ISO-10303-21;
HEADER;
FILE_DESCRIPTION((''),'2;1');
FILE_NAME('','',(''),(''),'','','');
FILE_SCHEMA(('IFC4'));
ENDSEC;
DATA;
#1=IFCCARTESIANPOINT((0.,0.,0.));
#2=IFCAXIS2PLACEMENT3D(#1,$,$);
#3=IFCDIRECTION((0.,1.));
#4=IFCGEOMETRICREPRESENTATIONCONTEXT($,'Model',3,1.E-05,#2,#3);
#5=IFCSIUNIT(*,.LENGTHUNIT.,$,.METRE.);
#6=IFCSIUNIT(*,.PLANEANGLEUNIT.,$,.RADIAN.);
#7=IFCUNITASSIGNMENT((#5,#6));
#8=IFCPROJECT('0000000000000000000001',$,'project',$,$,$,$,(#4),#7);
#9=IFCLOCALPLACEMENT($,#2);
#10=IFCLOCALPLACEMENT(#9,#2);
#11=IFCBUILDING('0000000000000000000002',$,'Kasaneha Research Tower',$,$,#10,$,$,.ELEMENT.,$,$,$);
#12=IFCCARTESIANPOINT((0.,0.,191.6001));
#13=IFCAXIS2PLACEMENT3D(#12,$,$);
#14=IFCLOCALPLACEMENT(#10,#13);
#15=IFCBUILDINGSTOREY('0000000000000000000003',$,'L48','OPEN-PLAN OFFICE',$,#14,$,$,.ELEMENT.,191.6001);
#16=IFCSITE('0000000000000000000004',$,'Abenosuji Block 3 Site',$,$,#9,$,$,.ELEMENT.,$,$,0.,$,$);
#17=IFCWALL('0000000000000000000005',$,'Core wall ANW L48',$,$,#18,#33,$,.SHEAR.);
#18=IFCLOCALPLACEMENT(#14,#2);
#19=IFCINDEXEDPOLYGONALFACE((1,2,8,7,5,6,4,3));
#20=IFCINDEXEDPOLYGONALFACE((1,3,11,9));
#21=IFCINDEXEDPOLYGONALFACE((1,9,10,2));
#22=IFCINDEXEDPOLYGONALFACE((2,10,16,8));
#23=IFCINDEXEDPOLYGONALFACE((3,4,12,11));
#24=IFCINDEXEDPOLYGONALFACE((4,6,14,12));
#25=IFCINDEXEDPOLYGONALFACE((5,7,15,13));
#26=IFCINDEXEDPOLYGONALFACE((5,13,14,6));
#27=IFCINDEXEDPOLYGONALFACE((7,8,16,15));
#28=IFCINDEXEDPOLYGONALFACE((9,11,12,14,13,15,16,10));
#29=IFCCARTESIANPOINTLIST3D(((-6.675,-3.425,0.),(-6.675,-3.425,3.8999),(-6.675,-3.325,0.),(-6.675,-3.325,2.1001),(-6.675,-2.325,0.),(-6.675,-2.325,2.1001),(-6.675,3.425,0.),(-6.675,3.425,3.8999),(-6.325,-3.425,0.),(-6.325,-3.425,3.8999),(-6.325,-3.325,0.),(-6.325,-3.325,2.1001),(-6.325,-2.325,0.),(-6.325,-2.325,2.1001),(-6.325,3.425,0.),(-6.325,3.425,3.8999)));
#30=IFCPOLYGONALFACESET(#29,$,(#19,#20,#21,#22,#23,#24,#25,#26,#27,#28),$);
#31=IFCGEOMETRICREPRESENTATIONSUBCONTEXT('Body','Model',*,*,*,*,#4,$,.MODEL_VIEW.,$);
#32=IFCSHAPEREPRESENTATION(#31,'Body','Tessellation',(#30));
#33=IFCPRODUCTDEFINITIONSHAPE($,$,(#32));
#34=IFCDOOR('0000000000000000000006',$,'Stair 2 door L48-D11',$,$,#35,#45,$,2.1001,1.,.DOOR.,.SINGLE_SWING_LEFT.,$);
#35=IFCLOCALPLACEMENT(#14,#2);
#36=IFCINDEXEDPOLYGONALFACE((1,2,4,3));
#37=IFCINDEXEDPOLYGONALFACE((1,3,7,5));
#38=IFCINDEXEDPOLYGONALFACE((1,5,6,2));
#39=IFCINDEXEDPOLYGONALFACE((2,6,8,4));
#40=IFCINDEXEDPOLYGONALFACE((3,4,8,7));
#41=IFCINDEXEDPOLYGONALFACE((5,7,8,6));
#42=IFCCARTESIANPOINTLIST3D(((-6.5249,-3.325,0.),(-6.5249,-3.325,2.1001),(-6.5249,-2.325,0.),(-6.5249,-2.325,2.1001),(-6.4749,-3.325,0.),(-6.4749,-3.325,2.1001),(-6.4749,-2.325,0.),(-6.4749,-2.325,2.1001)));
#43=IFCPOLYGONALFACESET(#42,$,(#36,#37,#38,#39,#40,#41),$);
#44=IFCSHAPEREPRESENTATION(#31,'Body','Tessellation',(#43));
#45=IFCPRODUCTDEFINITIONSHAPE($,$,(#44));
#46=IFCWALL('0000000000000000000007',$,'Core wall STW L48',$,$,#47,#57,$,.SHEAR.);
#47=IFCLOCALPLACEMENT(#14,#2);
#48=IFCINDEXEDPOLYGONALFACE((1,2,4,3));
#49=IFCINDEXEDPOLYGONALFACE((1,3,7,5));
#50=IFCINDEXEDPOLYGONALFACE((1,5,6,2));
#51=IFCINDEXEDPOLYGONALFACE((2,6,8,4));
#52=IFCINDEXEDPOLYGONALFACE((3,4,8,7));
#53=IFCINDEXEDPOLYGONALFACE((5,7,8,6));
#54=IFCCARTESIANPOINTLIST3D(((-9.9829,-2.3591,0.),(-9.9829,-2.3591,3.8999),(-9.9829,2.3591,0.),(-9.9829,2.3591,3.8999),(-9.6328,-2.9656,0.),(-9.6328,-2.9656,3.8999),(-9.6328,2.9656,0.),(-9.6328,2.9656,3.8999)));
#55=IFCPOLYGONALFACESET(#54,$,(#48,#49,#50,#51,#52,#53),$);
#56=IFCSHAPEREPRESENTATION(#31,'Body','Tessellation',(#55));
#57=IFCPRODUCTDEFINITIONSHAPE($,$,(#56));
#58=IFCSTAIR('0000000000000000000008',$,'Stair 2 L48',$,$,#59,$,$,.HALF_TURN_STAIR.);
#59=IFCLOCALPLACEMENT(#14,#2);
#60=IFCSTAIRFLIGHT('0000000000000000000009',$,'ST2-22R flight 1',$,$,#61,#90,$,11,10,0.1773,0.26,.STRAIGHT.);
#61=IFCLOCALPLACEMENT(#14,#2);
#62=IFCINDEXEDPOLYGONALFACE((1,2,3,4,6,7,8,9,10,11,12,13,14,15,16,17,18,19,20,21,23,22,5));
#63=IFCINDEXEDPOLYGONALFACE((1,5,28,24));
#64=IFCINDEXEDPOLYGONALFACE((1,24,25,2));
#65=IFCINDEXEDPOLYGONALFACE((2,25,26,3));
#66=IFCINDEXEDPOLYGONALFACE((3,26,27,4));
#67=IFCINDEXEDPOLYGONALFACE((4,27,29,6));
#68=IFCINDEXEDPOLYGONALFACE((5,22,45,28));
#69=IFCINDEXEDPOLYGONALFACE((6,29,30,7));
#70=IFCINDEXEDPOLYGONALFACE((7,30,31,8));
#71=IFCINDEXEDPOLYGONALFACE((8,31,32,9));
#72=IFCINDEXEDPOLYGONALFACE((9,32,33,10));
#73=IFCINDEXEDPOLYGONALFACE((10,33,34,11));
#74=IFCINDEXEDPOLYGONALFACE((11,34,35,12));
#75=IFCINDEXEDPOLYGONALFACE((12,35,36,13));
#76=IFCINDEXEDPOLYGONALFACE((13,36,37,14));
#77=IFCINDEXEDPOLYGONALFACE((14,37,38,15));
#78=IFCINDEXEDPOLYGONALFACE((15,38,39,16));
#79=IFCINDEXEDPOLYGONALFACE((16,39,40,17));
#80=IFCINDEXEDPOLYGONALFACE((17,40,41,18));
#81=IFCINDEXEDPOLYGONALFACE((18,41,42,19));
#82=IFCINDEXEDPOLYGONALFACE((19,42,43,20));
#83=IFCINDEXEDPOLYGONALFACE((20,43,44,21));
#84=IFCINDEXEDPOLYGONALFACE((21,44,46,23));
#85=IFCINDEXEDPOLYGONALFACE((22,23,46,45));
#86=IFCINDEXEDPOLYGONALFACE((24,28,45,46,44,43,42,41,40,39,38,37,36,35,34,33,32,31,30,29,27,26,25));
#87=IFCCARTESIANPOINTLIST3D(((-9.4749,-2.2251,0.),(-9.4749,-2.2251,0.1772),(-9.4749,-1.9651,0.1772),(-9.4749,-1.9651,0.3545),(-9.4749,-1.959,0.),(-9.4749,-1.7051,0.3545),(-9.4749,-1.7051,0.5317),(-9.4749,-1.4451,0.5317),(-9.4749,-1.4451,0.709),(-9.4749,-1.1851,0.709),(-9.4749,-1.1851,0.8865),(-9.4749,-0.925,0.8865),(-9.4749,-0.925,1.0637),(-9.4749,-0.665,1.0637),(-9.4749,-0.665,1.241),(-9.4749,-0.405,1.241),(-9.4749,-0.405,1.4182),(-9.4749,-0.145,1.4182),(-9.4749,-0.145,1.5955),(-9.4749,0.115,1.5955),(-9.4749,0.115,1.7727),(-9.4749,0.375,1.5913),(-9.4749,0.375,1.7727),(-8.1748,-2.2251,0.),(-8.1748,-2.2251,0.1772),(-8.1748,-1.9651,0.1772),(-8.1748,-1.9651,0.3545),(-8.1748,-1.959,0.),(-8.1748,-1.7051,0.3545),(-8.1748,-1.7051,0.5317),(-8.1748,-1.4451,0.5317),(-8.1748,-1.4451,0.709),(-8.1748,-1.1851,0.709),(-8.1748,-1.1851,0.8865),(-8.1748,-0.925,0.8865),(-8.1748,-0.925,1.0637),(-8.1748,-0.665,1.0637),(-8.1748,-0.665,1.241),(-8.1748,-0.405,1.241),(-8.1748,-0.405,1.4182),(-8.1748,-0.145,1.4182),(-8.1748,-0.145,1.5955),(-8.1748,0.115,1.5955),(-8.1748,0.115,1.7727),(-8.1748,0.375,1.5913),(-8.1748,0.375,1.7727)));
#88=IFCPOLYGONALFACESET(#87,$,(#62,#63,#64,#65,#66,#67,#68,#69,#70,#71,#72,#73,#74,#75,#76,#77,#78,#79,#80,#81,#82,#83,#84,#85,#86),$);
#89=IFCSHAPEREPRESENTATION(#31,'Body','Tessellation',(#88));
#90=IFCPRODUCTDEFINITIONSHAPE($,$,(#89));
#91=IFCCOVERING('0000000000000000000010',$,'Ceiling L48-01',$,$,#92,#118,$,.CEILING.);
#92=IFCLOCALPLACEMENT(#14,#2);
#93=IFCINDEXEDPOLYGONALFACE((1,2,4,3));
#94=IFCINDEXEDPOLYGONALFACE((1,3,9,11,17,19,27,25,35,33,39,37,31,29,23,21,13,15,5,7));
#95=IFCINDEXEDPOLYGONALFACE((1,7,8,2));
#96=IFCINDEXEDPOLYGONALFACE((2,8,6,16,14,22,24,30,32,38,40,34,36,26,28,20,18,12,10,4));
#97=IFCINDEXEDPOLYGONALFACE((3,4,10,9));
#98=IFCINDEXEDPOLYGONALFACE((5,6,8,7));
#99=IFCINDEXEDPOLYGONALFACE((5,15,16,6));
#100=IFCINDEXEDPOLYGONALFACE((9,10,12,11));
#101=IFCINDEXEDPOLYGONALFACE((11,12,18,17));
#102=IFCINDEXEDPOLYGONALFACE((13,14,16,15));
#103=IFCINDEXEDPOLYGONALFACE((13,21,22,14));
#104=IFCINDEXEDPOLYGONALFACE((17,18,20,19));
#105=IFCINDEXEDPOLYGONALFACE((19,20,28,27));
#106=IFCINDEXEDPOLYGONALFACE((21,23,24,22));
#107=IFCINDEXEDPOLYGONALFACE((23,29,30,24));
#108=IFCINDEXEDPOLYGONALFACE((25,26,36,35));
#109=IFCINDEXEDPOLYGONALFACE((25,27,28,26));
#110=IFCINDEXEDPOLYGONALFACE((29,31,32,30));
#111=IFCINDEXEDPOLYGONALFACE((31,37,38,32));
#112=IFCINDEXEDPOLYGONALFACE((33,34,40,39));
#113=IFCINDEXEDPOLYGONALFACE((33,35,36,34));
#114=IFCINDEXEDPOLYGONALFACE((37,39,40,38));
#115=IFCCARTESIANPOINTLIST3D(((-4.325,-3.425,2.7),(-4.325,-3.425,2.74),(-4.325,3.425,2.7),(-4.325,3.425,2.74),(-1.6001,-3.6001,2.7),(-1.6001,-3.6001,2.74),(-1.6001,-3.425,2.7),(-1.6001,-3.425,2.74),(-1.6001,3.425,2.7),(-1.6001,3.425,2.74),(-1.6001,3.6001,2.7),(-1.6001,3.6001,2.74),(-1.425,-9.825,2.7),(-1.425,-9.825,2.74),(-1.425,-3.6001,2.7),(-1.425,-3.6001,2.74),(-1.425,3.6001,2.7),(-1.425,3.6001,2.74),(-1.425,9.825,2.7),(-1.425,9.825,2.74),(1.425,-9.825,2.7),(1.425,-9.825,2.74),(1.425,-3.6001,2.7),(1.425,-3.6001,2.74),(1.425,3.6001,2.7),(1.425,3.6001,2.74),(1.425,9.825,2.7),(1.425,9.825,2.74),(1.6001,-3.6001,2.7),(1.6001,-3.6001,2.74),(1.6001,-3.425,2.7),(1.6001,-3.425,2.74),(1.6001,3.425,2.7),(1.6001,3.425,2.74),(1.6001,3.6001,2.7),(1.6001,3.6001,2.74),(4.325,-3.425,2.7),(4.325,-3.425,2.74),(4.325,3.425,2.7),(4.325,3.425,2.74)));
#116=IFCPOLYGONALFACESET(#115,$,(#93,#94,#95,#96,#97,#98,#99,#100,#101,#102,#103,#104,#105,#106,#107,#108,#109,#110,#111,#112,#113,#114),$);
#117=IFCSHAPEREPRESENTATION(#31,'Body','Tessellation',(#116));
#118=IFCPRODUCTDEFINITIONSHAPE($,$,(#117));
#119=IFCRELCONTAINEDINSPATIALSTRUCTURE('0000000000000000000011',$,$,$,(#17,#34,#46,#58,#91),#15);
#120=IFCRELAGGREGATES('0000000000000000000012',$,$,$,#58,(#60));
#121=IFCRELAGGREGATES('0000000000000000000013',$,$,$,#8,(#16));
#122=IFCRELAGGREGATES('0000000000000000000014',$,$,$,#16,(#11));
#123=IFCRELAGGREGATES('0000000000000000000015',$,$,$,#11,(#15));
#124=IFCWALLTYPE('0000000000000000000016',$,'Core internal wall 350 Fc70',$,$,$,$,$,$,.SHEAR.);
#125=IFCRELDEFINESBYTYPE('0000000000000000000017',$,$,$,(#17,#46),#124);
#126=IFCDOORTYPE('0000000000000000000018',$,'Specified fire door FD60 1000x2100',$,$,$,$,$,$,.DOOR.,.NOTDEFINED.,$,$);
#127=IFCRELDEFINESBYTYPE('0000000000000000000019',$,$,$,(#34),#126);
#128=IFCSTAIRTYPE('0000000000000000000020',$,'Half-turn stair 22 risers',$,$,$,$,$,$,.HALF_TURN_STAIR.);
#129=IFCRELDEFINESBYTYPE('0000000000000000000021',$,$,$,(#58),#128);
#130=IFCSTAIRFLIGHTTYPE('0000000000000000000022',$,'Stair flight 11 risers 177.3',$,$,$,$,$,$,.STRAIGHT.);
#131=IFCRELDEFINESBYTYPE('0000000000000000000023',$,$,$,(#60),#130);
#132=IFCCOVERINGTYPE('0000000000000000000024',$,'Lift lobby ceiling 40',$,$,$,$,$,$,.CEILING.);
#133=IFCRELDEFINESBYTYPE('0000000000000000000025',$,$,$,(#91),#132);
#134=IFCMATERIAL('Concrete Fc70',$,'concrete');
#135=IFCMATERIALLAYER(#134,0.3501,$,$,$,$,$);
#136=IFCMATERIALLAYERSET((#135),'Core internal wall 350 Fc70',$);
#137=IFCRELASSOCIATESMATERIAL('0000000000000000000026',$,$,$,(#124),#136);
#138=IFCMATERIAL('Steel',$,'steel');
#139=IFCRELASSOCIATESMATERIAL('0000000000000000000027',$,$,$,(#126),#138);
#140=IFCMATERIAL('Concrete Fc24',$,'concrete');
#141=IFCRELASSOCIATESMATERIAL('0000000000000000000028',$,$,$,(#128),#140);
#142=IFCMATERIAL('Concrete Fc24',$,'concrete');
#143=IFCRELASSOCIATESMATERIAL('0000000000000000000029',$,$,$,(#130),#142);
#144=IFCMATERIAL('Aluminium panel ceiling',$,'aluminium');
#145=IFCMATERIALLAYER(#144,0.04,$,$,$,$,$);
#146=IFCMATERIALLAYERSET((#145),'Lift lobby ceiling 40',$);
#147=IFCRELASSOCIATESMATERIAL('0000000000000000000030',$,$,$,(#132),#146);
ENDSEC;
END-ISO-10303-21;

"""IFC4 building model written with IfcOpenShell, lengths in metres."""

from ifc_helpers import new_model, si_unit, direction, frame, frame_2d, origin, place, context, subcontext, project, spatial, polyline, rectangle, outline, extrude, material, layer, layer_set, type_object, element, fill, aggregate, save


model = new_model("IFC4")

# Units and contexts
model_context = context("Model", 3, precision=1e-05, world=origin(), true_north=direction((0.0, 1.0)))
body_context = subcontext(model_context, "Body", "Model", "MODEL_VIEW")
ifc_project = project(units=[si_unit("LENGTHUNIT", "METRE"), si_unit("PLANEANGLEUNIT", "RADIAN")], contexts=[model_context])

# Site, building, storey
site_placement = place(None, origin())
site = spatial("IfcSite", under=ifc_project, at=site_placement, Name="Abenosuji Block 3 Site", CompositionType="ELEMENT", RefElevation=0.0)
building_placement = place(site_placement, origin())
building = spatial("IfcBuilding", under=site, at=building_placement, Name="Kasaneha Research Tower", CompositionType="ELEMENT")
storey_placement = place(building_placement, frame((0.0, 0.0, 191.6001)))
storey = spatial("IfcBuildingStorey", under=building, at=storey_placement, Name="L48", Description="OPEN-PLAN OFFICE", CompositionType="ELEMENT", Elevation=191.6001)

# Shared definitions
ifc_material_1 = material(Name="Concrete Fc70", Category="concrete")
ifc_layer_1 = layer(ifc_material_1, 0.3501)
ifc_layer_set_1 = layer_set([ifc_layer_1], Name="Core internal wall 350 Fc70")
wall_type = type_object("IfcWallType", Name="Core internal wall 350 Fc70", PredefinedType="SHEAR", material=ifc_layer_set_1)

# Wall, opening, door
ifc_material_2 = material(Name="Steel", Category="steel")
door_type_1 = type_object("IfcDoorType", Name="Specified fire door FD60 1000x2100", OperationType="NOTDEFINED", PredefinedType="DOOR", material=ifc_material_2)
wall_1_placement = place(storey_placement, frame((-6.5, -3.425, 0.0), z_axis=(0.0, 0.0, 1.0), x_axis=(0.0, 1.0, 0.0)))
wall_1 = element("IfcWall", 1, at=wall_1_placement, inside=storey, type_object=wall_type, Name="Core wall ANW L48", PredefinedType="SHEAR", context=body_context, shape_type="SweptSolid", body=[
    extrude(rectangle(XDim=6.8501, YDim=0.3501, at=frame_2d((3.425, 0.0))), origin(), (0.0, 0.0, 1.0), 3.8999),
])
opening_1_placement = place(wall_1_placement, frame((0.1001, 0.0, 0.0)))
opening_1 = element("IfcOpeningElement", 2, at=opening_1_placement, cuts=wall_1, PredefinedType="OPENING", context=body_context, shape_type="SweptSolid", body=[
    extrude(rectangle(XDim=1.0, YDim=2.1001, at=frame_2d((0.5, 1.05))), frame((0.0, 0.1851, 0.0), z_axis=(0.0, -1.0, 0.0), x_axis=(1.0, 0.0, 0.0)), (0.0, 0.0, 1.0), 0.3701),
])
door_1_placement = place(opening_1_placement, origin())
door_1 = element("IfcDoor", 3, at=door_1_placement, inside=storey, type_object=door_type_1, Name="Stair 2 door L48-D11", OperationType="SINGLE_SWING_LEFT", OverallHeight=2.1001, OverallWidth=1.0, PredefinedType="DOOR", context=body_context, shape_type="SweptSolid", body=[
    extrude(rectangle(XDim=1.0, YDim=2.1001, at=frame_2d((0.5, 1.05))), frame((0.0, 0.0249, 0.0), z_axis=(0.0, -1.0, 0.0), x_axis=(1.0, 0.0, 0.0)), (0.0, 0.0, 1.0), 0.05),
])
fill(opening_1, door_1)

# Wall
wall_2_placement = place(storey_placement, frame((-9.8079, -2.6624, 0.0), z_axis=(0.0, 0.0, 1.0), x_axis=(0.0, 1.0, 0.0)))
element("IfcWall", 4, at=wall_2_placement, inside=storey, type_object=wall_type, Name="Core wall STW L48", PredefinedType="SHEAR", context=body_context, shape_type="SweptSolid", body=[
    extrude(outline(polyline([(-0.3032, -0.175), (5.6279, -0.175), (5.0215, 0.175), (0.3032, 0.175), (-0.3032, -0.175)])), origin(), (0.0, 0.0, 1.0), 3.8999),
])

# Stair, stair flight
ifc_material_3 = material(Name="Concrete Fc24", Category="concrete")
stair_type = type_object("IfcStairType", Name="Half-turn stair 22 risers", PredefinedType="HALF_TURN_STAIR", material=ifc_material_3)
stair_placement = place(storey_placement, origin())
stair = element("IfcStair", 5, at=stair_placement, inside=storey, type_object=stair_type, Name="Stair 2 L48", PredefinedType="HALF_TURN_STAIR")
ifc_material_4 = material(Name="Concrete Fc24", Category="concrete")
stair_flight_type = type_object("IfcStairFlightType", Name="Stair flight 11 risers 177.3", PredefinedType="STRAIGHT", material=ifc_material_4)
stair_flight_placement = place(storey_placement, frame((-8.825, -2.2251, 0.0), z_axis=(0.0, 0.0, 1.0), x_axis=(0.0, 1.0, 0.0)))
stair_flight = element("IfcStairFlight", 6, at=stair_flight_placement, type_object=stair_flight_type, Name="ST2-22R flight 1", NumberOfRisers=11, NumberOfTreads=10, PredefinedType="STRAIGHT", RiserHeight=0.1773, TreadLength=0.26, context=body_context, shape_type="SweptSolid", body=[
    extrude(outline(polyline([(0.0, 0.0), (0.0, 0.1772), (0.26, 0.1772), (0.26, 0.3545), (0.52, 0.3545), (0.52, 0.5317), (0.78, 0.5317), (0.78, 0.709), (1.04, 0.709), (1.04, 0.8865), (1.3, 0.8865), (1.3, 1.0637), (1.5601, 1.0637), (1.5601, 1.241), (1.8201, 1.241), (1.8201, 1.4182), (2.0801, 1.4182), (2.0801, 1.5955), (2.3401, 1.5955), (2.3401, 1.7727), (2.6001, 1.7727), (2.6001, 1.95), (2.6001, 1.5913), (0.2661, 0.0), (0.0, 0.0)])), frame((0.0, 0.6499, 0.0), z_axis=(0.0, -1.0, 0.0), x_axis=(1.0, 0.0, 0.0)), (0.0, 0.0, 1.0), 1.3),
])
aggregate(stair, [stair_flight])

# Covering
ifc_material_5 = material(Name="Aluminium panel ceiling", Category="aluminium")
ifc_layer_2 = layer(ifc_material_5, 0.04)
ifc_layer_set_2 = layer_set([ifc_layer_2], Name="Lift lobby ceiling 40")
covering_type_1 = type_object("IfcCoveringType", Name="Lift lobby ceiling 40", PredefinedType="CEILING", material=ifc_layer_set_2)
covering_1_placement = place(storey_placement, frame((0.0, 0.0, 2.7)))
element("IfcCovering", 7, at=covering_1_placement, inside=storey, type_object=covering_type_1, Name="Ceiling L48-01", PredefinedType="CEILING", context=body_context, shape_type="SweptSolid", body=[
    extrude(outline(polyline([(1.425, 9.825), (1.425, 3.6001), (1.6001, 3.6001), (1.6001, 3.425), (4.325, 3.425), (4.325, -3.425), (1.6001, -3.425), (1.6001, -3.6001), (1.425, -3.6001), (1.425, -9.825), (-1.425, -9.825), (-1.425, -3.6001), (-1.6001, -3.6001), (-1.6001, -3.425), (-4.325, -3.425), (-4.325, 3.425), (-1.6001, 3.425), (-1.6001, 3.6001), (-1.425, 3.6001), (-1.425, 9.825), (1.425, 9.825)])), origin(), (0.0, 0.0, 1.0), 0.04),
])

save(model, "model.ifc")
